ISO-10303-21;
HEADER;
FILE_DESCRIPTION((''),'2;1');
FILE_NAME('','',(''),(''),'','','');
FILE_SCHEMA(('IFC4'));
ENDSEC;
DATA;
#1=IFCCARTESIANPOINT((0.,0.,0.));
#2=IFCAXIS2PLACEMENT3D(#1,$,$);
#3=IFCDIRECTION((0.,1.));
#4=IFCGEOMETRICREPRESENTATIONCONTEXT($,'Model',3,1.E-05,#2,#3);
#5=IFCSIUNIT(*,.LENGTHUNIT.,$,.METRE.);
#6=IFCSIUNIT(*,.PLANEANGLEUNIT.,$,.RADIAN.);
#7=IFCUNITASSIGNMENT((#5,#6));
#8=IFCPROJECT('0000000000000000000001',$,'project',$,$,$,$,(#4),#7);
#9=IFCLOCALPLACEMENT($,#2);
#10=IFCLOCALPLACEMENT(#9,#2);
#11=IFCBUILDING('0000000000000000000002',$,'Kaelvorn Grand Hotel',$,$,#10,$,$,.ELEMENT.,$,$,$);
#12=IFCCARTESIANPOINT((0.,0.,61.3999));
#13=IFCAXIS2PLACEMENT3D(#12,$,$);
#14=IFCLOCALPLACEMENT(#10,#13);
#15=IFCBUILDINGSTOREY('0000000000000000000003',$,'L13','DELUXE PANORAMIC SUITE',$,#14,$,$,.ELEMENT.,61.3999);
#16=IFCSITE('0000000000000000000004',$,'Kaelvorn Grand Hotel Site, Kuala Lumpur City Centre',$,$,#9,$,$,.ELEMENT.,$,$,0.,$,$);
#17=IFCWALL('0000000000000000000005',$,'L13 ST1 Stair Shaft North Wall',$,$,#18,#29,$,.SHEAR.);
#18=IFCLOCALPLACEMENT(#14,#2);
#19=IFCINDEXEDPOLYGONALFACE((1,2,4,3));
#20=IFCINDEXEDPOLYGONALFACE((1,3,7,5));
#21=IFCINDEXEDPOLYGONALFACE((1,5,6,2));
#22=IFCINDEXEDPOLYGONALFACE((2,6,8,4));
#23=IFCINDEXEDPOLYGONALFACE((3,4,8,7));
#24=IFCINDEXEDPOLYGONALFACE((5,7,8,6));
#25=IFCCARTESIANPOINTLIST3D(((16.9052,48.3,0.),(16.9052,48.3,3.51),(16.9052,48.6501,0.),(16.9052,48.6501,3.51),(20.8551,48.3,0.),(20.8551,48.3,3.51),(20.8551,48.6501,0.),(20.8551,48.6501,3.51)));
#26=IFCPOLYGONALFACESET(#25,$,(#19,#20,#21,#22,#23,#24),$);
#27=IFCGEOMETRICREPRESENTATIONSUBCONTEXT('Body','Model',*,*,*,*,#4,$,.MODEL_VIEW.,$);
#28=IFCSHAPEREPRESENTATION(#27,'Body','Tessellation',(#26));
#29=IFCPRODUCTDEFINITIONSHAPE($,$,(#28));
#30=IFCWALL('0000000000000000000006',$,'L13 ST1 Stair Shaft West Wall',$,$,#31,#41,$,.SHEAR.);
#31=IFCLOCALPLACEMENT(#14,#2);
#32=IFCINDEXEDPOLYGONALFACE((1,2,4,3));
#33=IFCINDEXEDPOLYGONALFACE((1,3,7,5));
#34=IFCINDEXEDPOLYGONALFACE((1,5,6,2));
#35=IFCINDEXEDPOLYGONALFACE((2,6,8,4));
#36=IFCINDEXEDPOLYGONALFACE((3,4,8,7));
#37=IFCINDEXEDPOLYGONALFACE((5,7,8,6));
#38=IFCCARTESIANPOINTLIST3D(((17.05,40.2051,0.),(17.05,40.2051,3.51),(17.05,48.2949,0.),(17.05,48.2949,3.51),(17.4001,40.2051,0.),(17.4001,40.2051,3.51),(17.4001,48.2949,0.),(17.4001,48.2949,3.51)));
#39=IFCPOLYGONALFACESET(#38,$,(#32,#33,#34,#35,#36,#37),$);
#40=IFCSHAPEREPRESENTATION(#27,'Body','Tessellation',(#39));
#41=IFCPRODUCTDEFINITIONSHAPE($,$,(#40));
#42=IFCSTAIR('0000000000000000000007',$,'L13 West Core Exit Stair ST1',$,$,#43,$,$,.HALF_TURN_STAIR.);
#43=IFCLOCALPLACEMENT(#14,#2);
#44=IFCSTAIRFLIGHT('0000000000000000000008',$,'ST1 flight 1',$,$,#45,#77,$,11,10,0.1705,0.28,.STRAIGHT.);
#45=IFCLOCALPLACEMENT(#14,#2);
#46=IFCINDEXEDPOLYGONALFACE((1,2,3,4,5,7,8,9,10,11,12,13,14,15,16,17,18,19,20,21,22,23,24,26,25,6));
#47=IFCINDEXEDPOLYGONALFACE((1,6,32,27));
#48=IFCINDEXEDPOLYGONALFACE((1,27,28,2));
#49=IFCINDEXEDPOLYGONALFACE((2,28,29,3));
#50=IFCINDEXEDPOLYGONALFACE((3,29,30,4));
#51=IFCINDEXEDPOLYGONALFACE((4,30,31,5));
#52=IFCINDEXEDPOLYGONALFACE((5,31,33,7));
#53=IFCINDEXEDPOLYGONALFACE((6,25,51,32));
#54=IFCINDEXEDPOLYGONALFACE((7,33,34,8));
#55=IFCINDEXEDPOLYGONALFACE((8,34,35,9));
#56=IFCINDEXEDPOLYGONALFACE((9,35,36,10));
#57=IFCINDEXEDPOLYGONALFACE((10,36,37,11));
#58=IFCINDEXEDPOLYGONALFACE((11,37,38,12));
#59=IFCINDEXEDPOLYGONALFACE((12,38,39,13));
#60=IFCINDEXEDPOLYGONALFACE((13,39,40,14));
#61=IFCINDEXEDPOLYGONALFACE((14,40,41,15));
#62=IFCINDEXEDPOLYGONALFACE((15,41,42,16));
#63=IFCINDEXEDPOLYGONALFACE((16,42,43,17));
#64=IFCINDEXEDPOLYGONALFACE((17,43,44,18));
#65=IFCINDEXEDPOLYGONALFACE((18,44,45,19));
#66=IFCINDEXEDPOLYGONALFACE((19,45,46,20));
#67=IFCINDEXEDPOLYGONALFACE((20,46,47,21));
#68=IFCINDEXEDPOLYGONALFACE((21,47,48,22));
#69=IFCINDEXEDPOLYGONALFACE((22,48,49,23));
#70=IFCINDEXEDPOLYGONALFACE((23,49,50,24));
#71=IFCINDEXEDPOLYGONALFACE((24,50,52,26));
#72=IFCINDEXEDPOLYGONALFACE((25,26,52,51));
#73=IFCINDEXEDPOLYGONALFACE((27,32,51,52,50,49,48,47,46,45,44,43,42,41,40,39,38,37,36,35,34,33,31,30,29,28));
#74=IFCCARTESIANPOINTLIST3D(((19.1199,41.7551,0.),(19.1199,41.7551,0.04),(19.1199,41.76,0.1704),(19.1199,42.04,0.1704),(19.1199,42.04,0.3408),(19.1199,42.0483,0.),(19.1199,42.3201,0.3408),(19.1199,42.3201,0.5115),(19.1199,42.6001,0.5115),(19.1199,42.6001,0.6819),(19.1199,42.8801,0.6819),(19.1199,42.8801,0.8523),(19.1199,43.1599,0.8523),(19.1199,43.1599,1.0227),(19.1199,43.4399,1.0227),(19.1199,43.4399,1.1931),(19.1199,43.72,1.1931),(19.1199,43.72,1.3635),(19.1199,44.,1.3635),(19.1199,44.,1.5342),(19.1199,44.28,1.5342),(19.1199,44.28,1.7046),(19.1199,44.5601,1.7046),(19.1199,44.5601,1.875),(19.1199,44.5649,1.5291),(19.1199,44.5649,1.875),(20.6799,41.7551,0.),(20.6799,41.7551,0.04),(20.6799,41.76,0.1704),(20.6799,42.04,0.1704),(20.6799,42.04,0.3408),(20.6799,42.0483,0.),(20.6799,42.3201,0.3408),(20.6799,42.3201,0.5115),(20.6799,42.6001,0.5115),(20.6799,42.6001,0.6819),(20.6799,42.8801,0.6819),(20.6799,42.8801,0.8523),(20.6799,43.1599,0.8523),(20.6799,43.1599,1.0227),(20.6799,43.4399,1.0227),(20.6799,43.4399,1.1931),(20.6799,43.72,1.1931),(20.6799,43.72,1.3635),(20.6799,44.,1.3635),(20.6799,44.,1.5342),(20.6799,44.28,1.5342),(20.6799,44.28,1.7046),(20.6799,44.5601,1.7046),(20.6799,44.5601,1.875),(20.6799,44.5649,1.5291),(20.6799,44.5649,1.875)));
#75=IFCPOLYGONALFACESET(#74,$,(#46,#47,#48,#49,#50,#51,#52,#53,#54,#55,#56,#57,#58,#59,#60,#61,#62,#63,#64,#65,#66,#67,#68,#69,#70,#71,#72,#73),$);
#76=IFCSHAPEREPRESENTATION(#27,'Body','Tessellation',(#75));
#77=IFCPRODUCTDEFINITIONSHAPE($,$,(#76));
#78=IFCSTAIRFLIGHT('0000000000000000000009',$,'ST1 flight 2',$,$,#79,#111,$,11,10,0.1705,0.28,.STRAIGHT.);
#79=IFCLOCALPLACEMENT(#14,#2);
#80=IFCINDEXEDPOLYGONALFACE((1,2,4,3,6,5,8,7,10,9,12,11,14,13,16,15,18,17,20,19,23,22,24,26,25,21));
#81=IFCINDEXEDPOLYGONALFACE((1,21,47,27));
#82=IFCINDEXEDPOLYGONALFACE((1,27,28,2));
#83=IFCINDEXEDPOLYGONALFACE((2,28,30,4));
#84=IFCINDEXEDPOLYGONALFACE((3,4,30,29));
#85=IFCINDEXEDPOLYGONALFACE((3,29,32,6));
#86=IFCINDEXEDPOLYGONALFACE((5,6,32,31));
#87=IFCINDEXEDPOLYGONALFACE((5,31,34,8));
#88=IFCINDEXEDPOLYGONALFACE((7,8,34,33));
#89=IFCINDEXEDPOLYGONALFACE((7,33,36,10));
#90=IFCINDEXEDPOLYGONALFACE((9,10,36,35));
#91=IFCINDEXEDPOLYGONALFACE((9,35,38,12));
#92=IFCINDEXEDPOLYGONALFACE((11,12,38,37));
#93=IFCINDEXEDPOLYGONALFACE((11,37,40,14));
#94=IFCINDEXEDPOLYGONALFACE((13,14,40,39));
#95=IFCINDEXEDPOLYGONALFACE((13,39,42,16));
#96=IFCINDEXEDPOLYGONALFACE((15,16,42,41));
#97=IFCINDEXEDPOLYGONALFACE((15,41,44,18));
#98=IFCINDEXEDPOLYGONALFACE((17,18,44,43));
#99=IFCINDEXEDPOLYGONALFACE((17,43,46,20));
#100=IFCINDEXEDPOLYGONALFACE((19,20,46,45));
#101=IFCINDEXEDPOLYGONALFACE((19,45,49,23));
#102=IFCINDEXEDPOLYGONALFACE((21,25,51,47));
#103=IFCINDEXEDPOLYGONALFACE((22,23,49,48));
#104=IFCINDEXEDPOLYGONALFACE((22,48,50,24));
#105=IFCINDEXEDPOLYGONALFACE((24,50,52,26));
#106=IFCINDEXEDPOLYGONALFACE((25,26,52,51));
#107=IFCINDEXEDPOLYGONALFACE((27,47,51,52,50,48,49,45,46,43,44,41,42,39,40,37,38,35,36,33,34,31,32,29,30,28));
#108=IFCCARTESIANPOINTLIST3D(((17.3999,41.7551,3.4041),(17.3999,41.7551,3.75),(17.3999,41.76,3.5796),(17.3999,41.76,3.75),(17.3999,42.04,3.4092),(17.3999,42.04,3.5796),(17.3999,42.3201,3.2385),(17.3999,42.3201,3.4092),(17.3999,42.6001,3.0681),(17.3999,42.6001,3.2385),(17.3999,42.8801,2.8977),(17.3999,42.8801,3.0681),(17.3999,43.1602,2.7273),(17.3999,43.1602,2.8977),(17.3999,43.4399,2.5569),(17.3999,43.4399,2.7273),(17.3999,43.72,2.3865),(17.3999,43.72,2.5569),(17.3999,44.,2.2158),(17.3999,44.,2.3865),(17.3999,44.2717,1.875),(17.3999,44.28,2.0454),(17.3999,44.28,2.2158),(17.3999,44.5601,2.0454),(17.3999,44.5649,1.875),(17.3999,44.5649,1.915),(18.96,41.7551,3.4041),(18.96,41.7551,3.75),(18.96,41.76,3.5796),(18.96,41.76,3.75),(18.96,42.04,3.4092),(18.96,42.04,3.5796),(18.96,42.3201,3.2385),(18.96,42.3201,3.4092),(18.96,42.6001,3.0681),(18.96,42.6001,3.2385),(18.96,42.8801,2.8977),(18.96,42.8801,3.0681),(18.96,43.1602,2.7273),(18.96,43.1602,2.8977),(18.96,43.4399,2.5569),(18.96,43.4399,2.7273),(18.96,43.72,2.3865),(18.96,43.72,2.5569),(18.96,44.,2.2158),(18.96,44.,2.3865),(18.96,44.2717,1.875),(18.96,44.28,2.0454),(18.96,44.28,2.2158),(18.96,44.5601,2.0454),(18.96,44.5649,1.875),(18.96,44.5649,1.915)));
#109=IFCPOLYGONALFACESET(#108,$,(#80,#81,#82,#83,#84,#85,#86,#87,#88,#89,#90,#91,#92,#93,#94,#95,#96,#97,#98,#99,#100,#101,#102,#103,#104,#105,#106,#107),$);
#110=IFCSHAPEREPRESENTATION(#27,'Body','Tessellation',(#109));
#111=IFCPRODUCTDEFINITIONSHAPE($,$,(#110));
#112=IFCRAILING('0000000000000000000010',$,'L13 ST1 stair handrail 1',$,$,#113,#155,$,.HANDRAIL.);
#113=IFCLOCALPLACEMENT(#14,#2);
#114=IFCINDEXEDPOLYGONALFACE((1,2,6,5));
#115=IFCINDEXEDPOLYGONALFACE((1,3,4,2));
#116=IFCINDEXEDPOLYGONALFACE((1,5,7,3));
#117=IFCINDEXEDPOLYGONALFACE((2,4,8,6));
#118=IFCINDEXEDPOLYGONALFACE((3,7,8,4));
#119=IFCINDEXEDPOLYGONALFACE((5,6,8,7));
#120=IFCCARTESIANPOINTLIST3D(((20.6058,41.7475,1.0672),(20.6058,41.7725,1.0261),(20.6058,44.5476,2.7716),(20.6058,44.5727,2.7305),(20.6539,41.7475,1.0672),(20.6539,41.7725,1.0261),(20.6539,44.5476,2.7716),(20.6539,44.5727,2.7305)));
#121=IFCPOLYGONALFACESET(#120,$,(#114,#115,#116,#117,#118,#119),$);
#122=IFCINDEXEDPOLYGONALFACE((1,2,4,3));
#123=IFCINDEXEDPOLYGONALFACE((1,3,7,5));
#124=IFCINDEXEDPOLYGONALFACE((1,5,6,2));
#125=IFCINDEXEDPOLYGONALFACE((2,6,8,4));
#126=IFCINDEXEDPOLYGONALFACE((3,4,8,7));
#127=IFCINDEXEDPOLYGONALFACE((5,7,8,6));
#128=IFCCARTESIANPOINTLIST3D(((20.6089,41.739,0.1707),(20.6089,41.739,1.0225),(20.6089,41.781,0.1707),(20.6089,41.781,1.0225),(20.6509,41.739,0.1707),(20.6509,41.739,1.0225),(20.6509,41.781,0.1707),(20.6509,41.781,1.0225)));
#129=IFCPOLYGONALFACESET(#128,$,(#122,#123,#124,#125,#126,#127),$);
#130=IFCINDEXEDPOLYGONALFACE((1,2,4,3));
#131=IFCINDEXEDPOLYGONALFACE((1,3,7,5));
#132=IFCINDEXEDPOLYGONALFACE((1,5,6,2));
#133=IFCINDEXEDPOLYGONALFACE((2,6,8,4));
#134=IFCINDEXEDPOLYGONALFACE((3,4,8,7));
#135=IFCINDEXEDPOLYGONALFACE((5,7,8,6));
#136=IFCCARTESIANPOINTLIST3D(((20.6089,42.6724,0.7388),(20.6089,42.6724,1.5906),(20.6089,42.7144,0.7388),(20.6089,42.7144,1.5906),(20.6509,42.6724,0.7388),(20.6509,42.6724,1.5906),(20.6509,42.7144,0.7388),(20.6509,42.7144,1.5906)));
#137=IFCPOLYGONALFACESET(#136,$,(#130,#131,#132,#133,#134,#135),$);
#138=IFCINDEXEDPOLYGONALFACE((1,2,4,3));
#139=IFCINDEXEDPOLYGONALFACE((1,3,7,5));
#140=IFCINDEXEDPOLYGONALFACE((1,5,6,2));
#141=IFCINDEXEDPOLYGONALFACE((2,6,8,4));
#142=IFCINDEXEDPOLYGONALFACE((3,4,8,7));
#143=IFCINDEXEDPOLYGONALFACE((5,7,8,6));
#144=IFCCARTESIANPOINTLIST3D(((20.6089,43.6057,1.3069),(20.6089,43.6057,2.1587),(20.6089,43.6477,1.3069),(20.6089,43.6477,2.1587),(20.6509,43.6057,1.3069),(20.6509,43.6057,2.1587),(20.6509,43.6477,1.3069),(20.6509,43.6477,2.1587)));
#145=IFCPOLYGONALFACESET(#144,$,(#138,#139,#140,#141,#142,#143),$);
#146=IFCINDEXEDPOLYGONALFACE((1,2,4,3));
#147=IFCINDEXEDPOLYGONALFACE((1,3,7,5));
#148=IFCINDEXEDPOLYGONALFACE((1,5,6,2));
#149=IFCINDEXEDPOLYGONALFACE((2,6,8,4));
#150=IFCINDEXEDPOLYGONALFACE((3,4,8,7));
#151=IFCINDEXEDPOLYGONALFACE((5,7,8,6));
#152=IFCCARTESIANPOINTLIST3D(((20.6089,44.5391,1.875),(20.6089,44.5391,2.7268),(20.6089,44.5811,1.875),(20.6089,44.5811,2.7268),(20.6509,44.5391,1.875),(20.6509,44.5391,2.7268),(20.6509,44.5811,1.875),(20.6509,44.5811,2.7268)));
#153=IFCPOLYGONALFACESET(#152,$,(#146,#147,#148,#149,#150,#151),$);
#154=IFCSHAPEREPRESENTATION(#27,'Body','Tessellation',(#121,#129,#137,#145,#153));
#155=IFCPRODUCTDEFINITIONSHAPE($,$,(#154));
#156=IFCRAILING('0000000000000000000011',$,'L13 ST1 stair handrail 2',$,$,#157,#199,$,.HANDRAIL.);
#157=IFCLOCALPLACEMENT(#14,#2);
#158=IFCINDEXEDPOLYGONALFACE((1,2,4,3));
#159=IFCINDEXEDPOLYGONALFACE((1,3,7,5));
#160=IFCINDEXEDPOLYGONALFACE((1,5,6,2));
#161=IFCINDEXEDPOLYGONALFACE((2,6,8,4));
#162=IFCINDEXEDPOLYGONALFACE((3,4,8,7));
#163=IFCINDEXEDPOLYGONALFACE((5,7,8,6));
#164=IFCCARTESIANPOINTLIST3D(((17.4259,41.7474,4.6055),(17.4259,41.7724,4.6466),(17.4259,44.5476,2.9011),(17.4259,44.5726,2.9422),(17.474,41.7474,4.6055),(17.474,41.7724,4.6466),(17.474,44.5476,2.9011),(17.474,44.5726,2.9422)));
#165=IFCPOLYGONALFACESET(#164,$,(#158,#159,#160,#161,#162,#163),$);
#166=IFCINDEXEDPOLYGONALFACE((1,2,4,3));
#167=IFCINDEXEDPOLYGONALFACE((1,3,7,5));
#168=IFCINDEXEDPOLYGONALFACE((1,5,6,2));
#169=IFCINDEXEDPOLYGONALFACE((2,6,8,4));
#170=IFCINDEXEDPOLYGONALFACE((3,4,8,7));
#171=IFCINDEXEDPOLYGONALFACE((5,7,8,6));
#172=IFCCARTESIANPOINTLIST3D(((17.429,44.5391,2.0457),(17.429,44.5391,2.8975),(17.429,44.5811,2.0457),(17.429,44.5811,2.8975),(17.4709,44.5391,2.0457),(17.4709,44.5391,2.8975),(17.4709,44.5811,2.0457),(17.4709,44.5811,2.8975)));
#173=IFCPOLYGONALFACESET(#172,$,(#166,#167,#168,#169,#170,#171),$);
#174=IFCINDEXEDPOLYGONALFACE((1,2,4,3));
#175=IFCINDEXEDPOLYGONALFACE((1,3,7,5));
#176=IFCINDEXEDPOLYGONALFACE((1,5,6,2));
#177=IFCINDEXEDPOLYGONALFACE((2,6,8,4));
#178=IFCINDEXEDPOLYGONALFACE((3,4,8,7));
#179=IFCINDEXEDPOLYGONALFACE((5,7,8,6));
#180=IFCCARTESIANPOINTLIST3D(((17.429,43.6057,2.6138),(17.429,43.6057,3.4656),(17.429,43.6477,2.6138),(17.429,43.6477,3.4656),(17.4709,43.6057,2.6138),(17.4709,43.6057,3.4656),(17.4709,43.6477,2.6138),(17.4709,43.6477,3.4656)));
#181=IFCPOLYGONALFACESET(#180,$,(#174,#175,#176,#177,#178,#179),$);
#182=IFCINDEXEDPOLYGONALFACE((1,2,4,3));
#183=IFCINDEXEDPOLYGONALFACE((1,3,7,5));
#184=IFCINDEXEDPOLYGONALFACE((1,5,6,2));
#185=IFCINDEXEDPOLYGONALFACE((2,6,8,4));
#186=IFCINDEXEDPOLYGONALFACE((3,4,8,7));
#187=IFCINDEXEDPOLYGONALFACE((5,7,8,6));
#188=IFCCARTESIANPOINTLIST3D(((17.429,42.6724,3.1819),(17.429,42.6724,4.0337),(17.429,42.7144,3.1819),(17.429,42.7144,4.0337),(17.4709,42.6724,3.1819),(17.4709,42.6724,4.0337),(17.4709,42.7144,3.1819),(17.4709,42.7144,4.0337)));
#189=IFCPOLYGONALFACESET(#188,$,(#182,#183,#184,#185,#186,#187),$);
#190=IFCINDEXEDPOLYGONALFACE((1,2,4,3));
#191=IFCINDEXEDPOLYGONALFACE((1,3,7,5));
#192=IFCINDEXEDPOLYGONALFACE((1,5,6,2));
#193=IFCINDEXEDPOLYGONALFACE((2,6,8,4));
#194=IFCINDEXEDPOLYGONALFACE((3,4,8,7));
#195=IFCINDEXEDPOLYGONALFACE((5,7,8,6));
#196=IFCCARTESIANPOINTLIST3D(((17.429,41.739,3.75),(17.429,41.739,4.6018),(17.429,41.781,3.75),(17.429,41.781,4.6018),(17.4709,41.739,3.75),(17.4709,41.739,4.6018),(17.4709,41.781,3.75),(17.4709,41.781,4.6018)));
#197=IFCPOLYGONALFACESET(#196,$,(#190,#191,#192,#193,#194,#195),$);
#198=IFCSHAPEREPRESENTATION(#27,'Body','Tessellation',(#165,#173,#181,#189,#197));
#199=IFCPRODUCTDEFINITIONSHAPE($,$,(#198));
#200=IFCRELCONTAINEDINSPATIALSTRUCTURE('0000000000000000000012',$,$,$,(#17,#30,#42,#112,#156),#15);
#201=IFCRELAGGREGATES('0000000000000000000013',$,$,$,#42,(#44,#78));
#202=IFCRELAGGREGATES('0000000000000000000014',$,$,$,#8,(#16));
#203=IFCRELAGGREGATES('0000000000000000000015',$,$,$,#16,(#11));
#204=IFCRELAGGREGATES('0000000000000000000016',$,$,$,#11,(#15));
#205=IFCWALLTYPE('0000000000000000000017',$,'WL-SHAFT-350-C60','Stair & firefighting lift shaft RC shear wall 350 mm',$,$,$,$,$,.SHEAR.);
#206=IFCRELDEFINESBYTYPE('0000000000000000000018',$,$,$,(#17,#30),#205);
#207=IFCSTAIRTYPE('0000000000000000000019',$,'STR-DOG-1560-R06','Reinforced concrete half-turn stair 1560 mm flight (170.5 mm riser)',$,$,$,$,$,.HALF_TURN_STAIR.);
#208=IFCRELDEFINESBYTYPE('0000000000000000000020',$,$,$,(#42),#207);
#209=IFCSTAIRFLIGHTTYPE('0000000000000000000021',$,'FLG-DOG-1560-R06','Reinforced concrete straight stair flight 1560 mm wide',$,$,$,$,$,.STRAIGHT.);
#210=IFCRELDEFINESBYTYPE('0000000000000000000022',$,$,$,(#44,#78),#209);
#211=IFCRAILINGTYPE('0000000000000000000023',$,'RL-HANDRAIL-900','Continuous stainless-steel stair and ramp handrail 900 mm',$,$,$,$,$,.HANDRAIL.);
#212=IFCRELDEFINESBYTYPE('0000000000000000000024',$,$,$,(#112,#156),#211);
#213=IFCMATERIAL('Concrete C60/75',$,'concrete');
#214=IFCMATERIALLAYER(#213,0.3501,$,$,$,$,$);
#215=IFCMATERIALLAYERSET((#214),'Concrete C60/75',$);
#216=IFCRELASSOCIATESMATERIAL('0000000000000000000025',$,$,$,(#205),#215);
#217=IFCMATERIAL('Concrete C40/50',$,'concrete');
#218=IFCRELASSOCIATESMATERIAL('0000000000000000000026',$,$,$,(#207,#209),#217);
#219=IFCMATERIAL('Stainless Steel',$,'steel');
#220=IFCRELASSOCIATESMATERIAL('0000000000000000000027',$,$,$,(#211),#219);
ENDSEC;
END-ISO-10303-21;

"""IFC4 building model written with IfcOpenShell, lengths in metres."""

from ifc_helpers import new_model, si_unit, direction, frame, frame_2d, origin, origin_2d, place, context, subcontext, project, spatial, polyline, rectangle, outline, extrude, material, layer, layer_set, type_object, element, aggregate, save


model = new_model("IFC4")

# Units and contexts
model_context = context("Model", 3, precision=1e-05, world=origin(), true_north=direction((0.0, 1.0)))
body_context = subcontext(model_context, "Body", "Model", "MODEL_VIEW")
ifc_project = project(units=[si_unit("LENGTHUNIT", "METRE"), si_unit("PLANEANGLEUNIT", "RADIAN")], contexts=[model_context])

# Site, building, storey
site_placement = place(None, origin())
site = spatial("IfcSite", under=ifc_project, at=site_placement, Name="Kaelvorn Grand Hotel Site, Kuala Lumpur City Centre", CompositionType="ELEMENT", RefElevation=0.0)
building_placement = place(site_placement, origin())
building = spatial("IfcBuilding", under=site, at=building_placement, Name="Kaelvorn Grand Hotel", CompositionType="ELEMENT")
storey_placement = place(building_placement, frame((0.0, 0.0, 61.3999)))
storey = spatial("IfcBuildingStorey", under=building, at=storey_placement, Name="L13", Description="DELUXE PANORAMIC SUITE", CompositionType="ELEMENT", Elevation=61.3999)

# Shared definitions
ifc_material_1 = material(Name="Concrete C60/75", Category="concrete")

# Shared definitions
ifc_material_2 = material(Name="Concrete C40/50", Category="concrete")

# Walls
ifc_layer_1 = layer(ifc_material_1, 0.3501)
ifc_layer_set_1 = layer_set([ifc_layer_1], Name="Concrete C60/75")
wall_type_1 = type_object("IfcWallType", Name="WL-SHAFT-350-C60", Description="Stair & firefighting lift shaft RC shear wall 350 mm", PredefinedType="SHEAR", material=ifc_layer_set_1)
wall_1_placement = place(storey_placement, frame((16.905, 48.4751, 0.0), z_axis=(0.0, 0.0, 1.0), x_axis=(1.0, 0.0, 0.0)))
element("IfcWall", 1, at=wall_1_placement, inside=storey, type_object=wall_type_1, Name="L13 ST1 Stair Shaft North Wall", PredefinedType="SHEAR", context=body_context, shape_type="SweptSolid", body=[
    extrude(rectangle(XDim=3.95, YDim=0.3501, at=frame_2d((1.9751, 0.0))), origin(), (0.0, 0.0, 1.0), 3.51),
])
wall_2_placement = place(storey_placement, frame((17.2251, 40.2051, 0.0), z_axis=(0.0, 0.0, 1.0), x_axis=(0.0, 1.0, 0.0)))
element("IfcWall", 2, at=wall_2_placement, inside=storey, type_object=wall_type_1, Name="L13 ST1 Stair Shaft West Wall", PredefinedType="SHEAR", context=body_context, shape_type="SweptSolid", body=[
    extrude(rectangle(XDim=8.0898, YDim=0.3501, at=frame_2d((4.0449, 0.0))), origin(), (0.0, 0.0, 1.0), 3.51),
])

# Stair, stair flights
stair_type = type_object("IfcStairType", Name="STR-DOG-1560-R06", Description="Reinforced concrete half-turn stair 1560 mm flight (170.5 mm riser)", PredefinedType="HALF_TURN_STAIR", material=ifc_material_2)
stair_placement = place(storey_placement, origin())
stair = element("IfcStair", 3, at=stair_placement, inside=storey, type_object=stair_type, Name="L13 West Core Exit Stair ST1", PredefinedType="HALF_TURN_STAIR")
stair_flight_type = type_object("IfcStairFlightType", Name="FLG-DOG-1560-R06", Description="Reinforced concrete straight stair flight 1560 mm wide", PredefinedType="STRAIGHT", material=ifc_material_2)
stair_flight_1_placement = place(storey_placement, frame((19.8999, 41.76, 0.0), z_axis=(0.0, 0.0, 1.0), x_axis=(0.0, 1.0, 0.0)))
stair_flight_1 = element("IfcStairFlight", 4, at=stair_flight_1_placement, type_object=stair_flight_type, Name="ST1 flight 1", NumberOfRisers=11, NumberOfTreads=10, PredefinedType="STRAIGHT", RiserHeight=0.1705, TreadLength=0.28, context=body_context, shape_type="SweptSolid", body=[
    extrude(outline(polyline([(-0.0049, 0.0), (-0.0049, 0.04), (0.0, 0.1704), (0.28, 0.1704), (0.28, 0.3408), (0.5601, 0.3408), (0.5601, 0.5115), (0.8401, 0.5115), (0.8401, 0.6819), (1.1201, 0.6819), (1.1201, 0.8523), (1.3999, 0.8523), (1.3999, 1.0227), (1.6799, 1.0227), (1.6799, 1.1931), (1.96, 1.1931), (1.96, 1.3635), (2.24, 1.3635), (2.24, 1.5342), (2.52, 1.5342), (2.52, 1.7046), (2.8, 1.7046), (2.8, 1.875), (2.8049, 1.875), (2.8049, 1.5291), (0.2883, 0.0), (-0.0049, 0.0)])), frame((0.0, 0.78, 0.0), z_axis=(0.0, -1.0, 0.0), x_axis=(1.0, 0.0, 0.0)), (0.0, 0.0, 1.0), 1.5601),
])
stair_flight_2_placement = place(storey_placement, frame((18.1799, 44.5601, 1.875), z_axis=(0.0, 0.0, 1.0), x_axis=(0.0, -1.0, 0.0)))
stair_flight_2 = element("IfcStairFlight", 5, at=stair_flight_2_placement, type_object=stair_flight_type, Name="ST1 flight 2", NumberOfRisers=11, NumberOfTreads=10, PredefinedType="STRAIGHT", RiserHeight=0.1705, TreadLength=0.28, context=body_context, shape_type="SweptSolid", body=[
    extrude(outline(polyline([(-0.0049, 0.0), (-0.0049, 0.04), (0.0, 0.1704), (0.28, 0.1704), (0.28, 0.3408), (0.5601, 0.3408), (0.5601, 0.5115), (0.8401, 0.5115), (0.8401, 0.6819), (1.1201, 0.6819), (1.1201, 0.8523), (1.3999, 0.8523), (1.3999, 1.0227), (1.6799, 1.0227), (1.6799, 1.1931), (1.96, 1.1931), (1.96, 1.3635), (2.24, 1.3635), (2.24, 1.5342), (2.52, 1.5342), (2.52, 1.7046), (2.8, 1.7046), (2.8, 1.875), (2.8049, 1.875), (2.8049, 1.5291), (0.2883, 0.0), (-0.0049, 0.0)])), frame((0.0, 0.78, 0.0), z_axis=(0.0, -1.0, 0.0), x_axis=(1.0, 0.0, 0.0)), (0.0, 0.0, 1.0), 1.5601),
])
aggregate(stair, [stair_flight_1, stair_flight_2])

# Railings
ifc_material_3 = material(Name="Stainless Steel", Category="steel")
railing_type_1 = type_object("IfcRailingType", Name="RL-HANDRAIL-900", Description="Continuous stainless-steel stair and ramp handrail 900 mm", PredefinedType="HANDRAIL", material=ifc_material_3)
railing_1_placement = place(storey_placement, frame((20.6299, 41.76, 0.1707)))
element("IfcRailing", 6, at=railing_1_placement, inside=storey, type_object=railing_type_1, Name="L13 ST1 stair handrail 1", PredefinedType="HANDRAIL", context=body_context, shape_type="SweptSolid", body=[
    extrude(rectangle(XDim=0.0481, YDim=0.0481, at=origin_2d()), frame((0.0, 0.0, 0.876), z_axis=(0.0, 0.854203, 0.51994), x_axis=(-1.0, 0.0, 0.0)), (0.0, 0.0, 1.0), 3.2781),
    extrude(rectangle(XDim=0.042, YDim=0.042, at=origin_2d()), origin(), (0.0, 0.0, 1.0), 0.8518),
    extrude(rectangle(XDim=0.042, YDim=0.042, at=origin_2d()), frame((0.0, 0.9333, 0.5681)), (0.0, 0.0, 1.0), 0.8518),
    extrude(rectangle(XDim=0.042, YDim=0.042, at=origin_2d()), frame((0.0, 1.8667, 1.1362)), (0.0, 0.0, 1.0), 0.8518),
    extrude(rectangle(XDim=0.042, YDim=0.042, at=origin_2d()), frame((0.0, 2.8, 1.7043)), (0.0, 0.0, 1.0), 0.8518),
])
railing_2_placement = place(storey_placement, frame((17.45, 44.5601, 2.0457)))
element("IfcRailing", 7, at=railing_2_placement, inside=storey, type_object=railing_type_1, Name="L13 ST1 stair handrail 2", PredefinedType="HANDRAIL", context=body_context, shape_type="SweptSolid", body=[
    extrude(rectangle(XDim=0.0481, YDim=0.0481, at=origin_2d()), frame((0.0, 0.0, 0.876), z_axis=(0.0, -0.854203, 0.51994), x_axis=(1.0, 0.0, 0.0)), (0.0, 0.0, 1.0), 3.2781),
    extrude(rectangle(XDim=0.042, YDim=0.042, at=origin_2d()), origin(), (0.0, 0.0, 1.0), 0.8518),
    extrude(rectangle(XDim=0.042, YDim=0.042, at=origin_2d()), frame((0.0, -0.9333, 0.5681)), (0.0, 0.0, 1.0), 0.8518),
    extrude(rectangle(XDim=0.042, YDim=0.042, at=origin_2d()), frame((0.0, -1.8667, 1.1362)), (0.0, 0.0, 1.0), 0.8518),
    extrude(rectangle(XDim=0.042, YDim=0.042, at=origin_2d()), frame((0.0, -2.8, 1.7043)), (0.0, 0.0, 1.0), 0.8518),
])

save(model, "model.ifc")
